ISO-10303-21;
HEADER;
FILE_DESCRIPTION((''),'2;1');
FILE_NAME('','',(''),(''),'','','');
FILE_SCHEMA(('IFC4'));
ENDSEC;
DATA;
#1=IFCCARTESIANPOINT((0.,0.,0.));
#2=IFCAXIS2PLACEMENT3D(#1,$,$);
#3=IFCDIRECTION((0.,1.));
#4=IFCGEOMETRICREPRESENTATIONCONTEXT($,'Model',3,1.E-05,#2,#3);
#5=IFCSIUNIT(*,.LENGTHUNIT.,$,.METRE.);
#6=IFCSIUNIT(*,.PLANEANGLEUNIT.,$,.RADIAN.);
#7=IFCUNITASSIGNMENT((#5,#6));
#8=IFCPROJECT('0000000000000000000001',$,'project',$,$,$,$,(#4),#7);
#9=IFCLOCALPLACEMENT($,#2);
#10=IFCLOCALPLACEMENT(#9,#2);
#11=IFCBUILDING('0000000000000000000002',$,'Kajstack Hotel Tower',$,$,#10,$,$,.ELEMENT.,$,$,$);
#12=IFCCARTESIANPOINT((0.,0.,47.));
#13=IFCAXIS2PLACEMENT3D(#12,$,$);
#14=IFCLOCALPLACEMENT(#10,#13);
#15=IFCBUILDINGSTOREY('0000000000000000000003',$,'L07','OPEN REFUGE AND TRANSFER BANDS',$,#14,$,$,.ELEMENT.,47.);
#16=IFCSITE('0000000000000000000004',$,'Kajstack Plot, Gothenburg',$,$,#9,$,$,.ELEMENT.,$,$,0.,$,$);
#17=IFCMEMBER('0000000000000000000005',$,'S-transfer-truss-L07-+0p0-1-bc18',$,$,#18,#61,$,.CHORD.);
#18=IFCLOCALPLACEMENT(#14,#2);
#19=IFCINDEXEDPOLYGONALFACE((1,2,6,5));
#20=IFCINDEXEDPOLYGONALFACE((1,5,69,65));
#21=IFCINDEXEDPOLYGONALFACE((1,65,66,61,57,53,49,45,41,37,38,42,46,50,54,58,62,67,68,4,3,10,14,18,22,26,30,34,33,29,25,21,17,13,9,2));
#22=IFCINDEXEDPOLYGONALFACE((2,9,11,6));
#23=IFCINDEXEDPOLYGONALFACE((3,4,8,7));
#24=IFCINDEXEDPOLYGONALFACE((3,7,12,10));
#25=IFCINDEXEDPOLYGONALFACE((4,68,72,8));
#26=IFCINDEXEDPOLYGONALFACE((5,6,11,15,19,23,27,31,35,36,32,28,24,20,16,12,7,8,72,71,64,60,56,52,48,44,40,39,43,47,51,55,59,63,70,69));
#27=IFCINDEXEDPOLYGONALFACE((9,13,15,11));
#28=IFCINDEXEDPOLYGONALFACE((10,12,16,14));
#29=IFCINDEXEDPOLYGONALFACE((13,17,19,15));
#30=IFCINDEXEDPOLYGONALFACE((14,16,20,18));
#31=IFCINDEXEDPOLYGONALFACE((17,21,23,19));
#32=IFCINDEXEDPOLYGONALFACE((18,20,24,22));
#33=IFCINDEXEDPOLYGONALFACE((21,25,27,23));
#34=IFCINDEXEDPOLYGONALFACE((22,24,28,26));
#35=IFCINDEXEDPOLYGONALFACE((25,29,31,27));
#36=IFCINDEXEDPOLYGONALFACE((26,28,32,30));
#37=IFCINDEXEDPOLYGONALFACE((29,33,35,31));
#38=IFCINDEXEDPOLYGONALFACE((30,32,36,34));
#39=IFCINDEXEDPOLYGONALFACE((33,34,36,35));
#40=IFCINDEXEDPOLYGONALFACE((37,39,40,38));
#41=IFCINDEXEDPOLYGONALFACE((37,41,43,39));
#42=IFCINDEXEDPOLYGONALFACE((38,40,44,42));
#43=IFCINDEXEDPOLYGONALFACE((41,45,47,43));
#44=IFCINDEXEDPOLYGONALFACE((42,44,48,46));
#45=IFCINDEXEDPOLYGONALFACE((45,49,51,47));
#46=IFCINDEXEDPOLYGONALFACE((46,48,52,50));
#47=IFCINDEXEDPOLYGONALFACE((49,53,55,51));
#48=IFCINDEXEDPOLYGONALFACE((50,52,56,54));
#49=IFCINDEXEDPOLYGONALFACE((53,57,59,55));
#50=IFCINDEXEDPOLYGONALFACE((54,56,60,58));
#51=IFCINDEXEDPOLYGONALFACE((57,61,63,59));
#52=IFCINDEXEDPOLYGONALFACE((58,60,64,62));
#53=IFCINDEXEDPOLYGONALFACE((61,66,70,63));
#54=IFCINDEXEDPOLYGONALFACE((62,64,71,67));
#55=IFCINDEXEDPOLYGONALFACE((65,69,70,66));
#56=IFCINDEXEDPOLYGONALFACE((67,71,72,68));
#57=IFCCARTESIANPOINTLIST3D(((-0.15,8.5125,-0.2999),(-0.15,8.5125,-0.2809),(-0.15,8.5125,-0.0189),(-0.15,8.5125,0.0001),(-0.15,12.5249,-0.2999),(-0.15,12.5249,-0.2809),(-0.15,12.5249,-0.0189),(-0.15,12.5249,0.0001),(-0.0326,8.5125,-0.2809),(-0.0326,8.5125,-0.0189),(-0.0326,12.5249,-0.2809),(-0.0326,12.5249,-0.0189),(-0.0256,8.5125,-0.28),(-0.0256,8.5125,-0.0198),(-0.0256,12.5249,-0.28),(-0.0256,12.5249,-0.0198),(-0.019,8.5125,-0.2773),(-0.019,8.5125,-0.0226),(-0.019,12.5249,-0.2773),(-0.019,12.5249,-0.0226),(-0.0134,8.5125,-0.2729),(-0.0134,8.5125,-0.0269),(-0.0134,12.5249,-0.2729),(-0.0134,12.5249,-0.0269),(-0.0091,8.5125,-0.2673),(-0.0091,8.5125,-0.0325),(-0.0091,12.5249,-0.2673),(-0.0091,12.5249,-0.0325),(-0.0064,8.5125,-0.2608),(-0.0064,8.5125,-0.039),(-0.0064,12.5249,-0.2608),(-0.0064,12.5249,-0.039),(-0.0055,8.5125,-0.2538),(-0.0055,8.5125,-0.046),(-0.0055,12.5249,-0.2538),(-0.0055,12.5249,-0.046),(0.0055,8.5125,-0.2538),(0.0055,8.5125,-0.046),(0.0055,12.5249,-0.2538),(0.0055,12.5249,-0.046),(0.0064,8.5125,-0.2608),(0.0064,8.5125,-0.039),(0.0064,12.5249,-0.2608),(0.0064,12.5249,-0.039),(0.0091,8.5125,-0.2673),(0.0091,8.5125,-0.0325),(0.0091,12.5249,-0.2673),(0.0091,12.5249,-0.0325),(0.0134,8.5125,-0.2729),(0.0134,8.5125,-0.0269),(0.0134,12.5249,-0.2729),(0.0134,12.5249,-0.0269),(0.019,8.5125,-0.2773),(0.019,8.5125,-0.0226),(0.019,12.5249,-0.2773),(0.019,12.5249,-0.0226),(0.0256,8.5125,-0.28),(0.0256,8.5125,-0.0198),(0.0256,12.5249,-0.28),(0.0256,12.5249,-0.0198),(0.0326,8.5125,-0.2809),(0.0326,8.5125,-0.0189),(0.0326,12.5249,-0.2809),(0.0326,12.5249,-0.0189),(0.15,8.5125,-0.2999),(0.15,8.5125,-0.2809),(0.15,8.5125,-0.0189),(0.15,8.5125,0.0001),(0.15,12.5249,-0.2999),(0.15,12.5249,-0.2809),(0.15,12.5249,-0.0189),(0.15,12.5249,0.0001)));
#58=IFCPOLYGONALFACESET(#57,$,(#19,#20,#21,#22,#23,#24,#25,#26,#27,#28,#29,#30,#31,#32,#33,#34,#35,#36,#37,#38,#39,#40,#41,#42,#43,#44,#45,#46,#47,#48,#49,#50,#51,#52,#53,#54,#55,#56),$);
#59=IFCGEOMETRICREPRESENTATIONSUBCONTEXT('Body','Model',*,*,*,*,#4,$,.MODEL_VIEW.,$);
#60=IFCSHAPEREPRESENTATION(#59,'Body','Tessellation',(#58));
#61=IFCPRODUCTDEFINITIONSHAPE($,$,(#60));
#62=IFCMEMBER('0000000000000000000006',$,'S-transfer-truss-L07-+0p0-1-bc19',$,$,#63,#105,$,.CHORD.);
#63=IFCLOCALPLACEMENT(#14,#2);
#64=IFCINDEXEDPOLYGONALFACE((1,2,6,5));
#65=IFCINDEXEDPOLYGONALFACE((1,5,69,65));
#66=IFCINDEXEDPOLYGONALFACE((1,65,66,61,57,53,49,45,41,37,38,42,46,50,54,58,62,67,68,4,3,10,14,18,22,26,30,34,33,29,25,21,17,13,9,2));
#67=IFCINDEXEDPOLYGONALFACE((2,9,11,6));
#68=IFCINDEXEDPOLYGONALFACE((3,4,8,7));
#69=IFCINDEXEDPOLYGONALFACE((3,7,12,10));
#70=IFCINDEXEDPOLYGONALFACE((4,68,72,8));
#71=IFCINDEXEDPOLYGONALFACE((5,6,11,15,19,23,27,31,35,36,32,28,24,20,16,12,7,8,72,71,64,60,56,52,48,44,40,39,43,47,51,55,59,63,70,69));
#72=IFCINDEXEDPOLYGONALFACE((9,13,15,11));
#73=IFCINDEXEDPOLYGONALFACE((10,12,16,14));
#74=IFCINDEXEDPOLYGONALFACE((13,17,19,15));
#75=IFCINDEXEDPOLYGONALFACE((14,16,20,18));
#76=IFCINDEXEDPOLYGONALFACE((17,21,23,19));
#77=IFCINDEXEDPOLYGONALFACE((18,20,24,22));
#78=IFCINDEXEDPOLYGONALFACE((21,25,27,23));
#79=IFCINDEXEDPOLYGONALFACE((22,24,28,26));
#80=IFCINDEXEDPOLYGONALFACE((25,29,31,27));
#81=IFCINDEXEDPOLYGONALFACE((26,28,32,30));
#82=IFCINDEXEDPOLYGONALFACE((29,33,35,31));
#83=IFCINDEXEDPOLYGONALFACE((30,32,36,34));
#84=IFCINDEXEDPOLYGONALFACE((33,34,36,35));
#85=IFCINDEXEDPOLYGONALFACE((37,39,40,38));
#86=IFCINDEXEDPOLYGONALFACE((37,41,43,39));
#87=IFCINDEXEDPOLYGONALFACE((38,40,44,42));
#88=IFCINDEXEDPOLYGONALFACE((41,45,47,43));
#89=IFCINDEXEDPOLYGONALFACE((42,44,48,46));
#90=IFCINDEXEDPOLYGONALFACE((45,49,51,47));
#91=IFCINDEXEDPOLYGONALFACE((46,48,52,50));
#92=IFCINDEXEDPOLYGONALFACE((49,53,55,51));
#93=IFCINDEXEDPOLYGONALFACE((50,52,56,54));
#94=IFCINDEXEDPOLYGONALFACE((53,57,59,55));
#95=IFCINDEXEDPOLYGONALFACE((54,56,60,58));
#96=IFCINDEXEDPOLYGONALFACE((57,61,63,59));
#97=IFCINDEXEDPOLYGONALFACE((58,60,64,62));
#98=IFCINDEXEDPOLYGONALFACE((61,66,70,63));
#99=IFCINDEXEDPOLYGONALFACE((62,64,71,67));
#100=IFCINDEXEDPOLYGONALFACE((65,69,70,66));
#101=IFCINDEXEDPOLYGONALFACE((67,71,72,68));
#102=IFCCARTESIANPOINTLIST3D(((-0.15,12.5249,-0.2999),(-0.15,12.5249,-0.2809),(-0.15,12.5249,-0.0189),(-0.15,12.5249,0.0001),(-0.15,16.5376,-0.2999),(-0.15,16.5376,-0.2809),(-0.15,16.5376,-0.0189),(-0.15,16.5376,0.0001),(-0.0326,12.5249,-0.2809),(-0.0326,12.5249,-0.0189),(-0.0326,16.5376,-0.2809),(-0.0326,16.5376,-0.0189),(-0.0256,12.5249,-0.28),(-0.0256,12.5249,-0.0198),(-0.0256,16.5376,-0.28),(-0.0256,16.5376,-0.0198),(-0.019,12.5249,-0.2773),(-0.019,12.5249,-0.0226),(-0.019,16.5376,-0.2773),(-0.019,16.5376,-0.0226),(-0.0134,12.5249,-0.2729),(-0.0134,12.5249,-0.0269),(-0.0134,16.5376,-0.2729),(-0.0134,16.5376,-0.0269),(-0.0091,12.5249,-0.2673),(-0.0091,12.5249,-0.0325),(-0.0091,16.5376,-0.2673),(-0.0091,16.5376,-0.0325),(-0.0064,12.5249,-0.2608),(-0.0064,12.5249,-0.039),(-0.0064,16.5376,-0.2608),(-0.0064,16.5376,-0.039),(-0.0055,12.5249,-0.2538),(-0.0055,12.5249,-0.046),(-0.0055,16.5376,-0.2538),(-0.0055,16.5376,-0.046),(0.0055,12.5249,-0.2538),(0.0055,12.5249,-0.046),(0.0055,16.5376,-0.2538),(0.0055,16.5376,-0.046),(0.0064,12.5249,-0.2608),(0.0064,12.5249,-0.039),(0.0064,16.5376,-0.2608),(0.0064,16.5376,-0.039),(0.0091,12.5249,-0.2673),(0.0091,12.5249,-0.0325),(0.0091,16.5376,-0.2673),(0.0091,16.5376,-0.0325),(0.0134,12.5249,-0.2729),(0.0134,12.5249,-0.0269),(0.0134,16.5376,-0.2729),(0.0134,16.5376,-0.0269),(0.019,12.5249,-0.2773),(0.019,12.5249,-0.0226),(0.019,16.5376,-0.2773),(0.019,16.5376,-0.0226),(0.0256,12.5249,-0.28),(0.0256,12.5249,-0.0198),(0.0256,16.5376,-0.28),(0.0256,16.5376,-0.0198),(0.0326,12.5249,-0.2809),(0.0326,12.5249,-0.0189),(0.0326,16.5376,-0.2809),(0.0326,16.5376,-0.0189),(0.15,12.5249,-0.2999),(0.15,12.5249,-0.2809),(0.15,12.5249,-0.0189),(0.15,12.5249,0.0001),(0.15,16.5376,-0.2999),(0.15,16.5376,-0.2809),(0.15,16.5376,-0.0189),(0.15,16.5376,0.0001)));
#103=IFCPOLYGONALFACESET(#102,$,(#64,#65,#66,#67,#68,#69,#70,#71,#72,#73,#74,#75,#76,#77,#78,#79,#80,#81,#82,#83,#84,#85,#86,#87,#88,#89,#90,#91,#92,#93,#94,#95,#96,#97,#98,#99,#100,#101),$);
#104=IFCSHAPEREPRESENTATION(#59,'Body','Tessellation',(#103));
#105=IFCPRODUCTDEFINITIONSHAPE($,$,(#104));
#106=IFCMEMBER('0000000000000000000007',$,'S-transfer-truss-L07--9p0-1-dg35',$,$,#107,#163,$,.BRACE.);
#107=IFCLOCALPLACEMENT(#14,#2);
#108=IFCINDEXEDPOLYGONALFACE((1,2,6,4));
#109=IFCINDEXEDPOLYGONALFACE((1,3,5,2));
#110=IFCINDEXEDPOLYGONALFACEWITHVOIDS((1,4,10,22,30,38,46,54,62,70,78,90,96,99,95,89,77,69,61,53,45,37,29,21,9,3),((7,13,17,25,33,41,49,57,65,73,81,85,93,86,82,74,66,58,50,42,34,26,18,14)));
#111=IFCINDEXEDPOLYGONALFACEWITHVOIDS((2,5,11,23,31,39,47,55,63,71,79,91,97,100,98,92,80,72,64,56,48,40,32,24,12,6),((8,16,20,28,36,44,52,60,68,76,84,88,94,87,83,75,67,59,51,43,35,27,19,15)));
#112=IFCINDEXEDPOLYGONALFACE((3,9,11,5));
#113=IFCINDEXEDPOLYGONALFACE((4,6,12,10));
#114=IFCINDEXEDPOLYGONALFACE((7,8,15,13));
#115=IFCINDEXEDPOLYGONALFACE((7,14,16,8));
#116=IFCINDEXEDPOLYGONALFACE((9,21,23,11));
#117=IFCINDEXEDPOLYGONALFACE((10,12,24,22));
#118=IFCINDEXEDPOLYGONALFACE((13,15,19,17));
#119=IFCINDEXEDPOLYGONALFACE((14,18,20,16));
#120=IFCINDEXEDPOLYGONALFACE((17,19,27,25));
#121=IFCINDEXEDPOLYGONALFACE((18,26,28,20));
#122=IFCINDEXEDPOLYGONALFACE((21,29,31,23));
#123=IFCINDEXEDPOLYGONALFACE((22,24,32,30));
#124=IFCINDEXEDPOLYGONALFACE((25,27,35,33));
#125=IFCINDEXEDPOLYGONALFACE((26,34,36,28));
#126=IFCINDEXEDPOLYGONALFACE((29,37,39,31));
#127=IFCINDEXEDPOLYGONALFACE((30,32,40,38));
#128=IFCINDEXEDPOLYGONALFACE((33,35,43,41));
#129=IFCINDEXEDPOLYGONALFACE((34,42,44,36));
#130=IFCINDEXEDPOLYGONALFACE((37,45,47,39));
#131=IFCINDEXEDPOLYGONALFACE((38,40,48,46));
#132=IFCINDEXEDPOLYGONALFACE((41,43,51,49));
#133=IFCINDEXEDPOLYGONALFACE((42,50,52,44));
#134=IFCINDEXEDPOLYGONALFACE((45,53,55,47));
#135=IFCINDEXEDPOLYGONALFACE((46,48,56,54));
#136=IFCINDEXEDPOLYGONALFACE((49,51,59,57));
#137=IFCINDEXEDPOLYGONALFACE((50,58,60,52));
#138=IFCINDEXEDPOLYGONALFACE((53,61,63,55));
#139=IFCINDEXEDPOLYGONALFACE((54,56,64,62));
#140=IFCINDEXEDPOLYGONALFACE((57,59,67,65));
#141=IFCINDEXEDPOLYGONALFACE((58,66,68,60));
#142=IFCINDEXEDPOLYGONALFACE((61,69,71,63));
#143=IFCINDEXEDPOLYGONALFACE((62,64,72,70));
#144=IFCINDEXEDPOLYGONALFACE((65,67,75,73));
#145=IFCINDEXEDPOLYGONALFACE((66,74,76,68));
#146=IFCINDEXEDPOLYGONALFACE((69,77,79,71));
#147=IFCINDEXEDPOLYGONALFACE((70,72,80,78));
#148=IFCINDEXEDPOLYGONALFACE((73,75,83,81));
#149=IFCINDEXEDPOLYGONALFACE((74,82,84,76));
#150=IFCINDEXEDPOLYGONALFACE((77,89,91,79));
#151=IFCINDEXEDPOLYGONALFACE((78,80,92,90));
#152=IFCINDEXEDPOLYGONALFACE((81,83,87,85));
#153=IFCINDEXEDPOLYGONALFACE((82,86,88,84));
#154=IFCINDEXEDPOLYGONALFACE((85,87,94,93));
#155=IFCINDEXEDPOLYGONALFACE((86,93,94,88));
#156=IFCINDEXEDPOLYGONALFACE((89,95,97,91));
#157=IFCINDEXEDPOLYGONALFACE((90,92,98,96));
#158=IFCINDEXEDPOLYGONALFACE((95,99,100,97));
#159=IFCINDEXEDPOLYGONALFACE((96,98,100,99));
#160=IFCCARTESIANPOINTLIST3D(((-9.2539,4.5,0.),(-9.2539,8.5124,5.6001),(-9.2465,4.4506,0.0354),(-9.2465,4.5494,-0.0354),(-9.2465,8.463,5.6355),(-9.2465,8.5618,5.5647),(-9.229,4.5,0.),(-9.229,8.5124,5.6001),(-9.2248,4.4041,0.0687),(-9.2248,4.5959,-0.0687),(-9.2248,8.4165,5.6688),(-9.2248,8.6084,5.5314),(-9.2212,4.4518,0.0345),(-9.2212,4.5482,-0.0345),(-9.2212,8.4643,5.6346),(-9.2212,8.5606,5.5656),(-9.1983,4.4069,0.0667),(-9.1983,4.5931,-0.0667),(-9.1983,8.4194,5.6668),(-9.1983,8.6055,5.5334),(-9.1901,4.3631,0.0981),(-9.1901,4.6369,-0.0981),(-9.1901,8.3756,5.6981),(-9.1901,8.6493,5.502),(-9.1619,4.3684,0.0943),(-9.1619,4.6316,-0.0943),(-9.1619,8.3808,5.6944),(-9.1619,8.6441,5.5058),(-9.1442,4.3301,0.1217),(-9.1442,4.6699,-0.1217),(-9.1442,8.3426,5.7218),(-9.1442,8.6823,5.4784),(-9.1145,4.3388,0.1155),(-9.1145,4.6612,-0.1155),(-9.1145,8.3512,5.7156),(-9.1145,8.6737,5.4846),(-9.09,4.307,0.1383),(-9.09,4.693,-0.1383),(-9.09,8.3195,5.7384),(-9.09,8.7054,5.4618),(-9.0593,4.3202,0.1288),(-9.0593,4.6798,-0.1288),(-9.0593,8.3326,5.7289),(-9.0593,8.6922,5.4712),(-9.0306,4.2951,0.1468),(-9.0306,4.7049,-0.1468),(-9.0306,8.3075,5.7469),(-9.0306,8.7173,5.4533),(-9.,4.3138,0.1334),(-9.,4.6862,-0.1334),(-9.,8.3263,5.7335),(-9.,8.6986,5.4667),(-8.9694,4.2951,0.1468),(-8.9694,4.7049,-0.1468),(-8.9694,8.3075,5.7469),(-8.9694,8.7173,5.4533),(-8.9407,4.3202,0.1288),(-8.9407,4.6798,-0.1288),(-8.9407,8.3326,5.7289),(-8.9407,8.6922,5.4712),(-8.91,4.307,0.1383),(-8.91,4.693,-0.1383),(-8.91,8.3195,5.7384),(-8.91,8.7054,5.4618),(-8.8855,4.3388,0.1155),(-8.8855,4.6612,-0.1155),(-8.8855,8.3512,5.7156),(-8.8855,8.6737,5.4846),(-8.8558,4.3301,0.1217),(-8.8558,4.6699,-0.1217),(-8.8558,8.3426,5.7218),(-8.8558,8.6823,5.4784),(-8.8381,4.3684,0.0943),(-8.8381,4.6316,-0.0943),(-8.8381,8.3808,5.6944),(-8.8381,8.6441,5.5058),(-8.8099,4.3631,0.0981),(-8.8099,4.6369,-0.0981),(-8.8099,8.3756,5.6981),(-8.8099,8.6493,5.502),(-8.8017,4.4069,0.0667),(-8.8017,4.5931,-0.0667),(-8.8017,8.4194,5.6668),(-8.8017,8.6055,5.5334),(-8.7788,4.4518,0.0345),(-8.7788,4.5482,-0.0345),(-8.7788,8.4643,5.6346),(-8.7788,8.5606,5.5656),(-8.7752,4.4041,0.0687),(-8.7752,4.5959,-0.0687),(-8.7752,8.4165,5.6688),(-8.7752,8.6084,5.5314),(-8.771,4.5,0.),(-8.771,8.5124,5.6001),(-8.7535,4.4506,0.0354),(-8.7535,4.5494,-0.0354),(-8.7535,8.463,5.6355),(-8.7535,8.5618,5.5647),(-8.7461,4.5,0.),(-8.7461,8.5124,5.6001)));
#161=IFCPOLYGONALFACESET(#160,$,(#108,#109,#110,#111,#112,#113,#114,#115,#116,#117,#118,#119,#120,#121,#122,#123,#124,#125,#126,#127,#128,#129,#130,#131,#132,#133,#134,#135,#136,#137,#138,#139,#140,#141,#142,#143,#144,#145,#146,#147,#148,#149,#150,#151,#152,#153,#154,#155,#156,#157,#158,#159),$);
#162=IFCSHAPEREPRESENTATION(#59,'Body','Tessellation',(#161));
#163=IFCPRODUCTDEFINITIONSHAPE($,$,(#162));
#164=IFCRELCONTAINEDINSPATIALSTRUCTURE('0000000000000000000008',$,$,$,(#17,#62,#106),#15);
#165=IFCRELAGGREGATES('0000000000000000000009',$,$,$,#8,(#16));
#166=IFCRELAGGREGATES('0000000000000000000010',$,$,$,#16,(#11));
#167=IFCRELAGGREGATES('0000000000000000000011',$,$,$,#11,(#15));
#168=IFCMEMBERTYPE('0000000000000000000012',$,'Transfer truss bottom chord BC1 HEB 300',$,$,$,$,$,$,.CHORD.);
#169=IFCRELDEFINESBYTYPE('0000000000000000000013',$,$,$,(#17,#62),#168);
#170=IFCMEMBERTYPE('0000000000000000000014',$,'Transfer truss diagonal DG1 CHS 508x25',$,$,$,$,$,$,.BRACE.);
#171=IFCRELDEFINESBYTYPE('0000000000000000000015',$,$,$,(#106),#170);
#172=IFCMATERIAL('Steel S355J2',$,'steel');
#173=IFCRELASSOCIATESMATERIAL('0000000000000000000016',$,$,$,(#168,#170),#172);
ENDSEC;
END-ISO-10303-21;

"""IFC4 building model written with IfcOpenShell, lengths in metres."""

from ifc_helpers import new_model, si_unit, direction, frame, origin, origin_2d, place, context, subcontext, project, spatial, hollow_circle, i_section, extrude, material, material_profile, profile_set, type_object, element, save


model = new_model("IFC4")

# Units and contexts
model_context = context("Model", 3, precision=1e-05, world=origin(), true_north=direction((0.0, 1.0)))
body_context = subcontext(model_context, "Body", "Model", "MODEL_VIEW")
ifc_project = project(units=[si_unit("LENGTHUNIT", "METRE"), si_unit("PLANEANGLEUNIT", "RADIAN")], contexts=[model_context])

# Site, building, storey
site_placement = place(None, origin())
site = spatial("IfcSite", under=ifc_project, at=site_placement, Name="Kajstack Plot, Gothenburg", CompositionType="ELEMENT", RefElevation=0.0)
building_placement = place(site_placement, origin())
building = spatial("IfcBuilding", under=site, at=building_placement, Name="Kajstack Hotel Tower", CompositionType="ELEMENT")
storey_placement = place(building_placement, frame((0.0, 0.0, 47.0)))
storey = spatial("IfcBuildingStorey", under=building, at=storey_placement, Name="L07", Description="OPEN REFUGE AND TRANSFER BANDS", CompositionType="ELEMENT", Elevation=47.0)

# Members
ifc_material = material(Name="Steel S355J2", Category="steel")
ifc_material_profile_1 = material_profile(ifc_material, i_section(OverallWidth=0.3, OverallDepth=0.3, WebThickness=0.011, FlangeThickness=0.019, FilletRadius=0.0271, at=origin_2d()), Name="HEB 300")
ifc_profile_set_1 = profile_set([ifc_material_profile_1], Name="Steel S355J2")
member_type_1 = type_object("IfcMemberType", Name="Transfer truss bottom chord BC1 HEB 300", PredefinedType="CHORD", material=ifc_profile_set_1)
for number, where, z_axis, x_axis, name in (
    (1, (0.0, 8.5125, -0.1499), (0.0, 1.0, 0.0), (-1.0, 0.0, 0.0), "S-transfer-truss-L07-+0p0-1-bc18"),
):
    element("IfcMember", number, at=place(storey_placement, frame(where, z_axis=z_axis, x_axis=x_axis)), inside=storey, type_object=member_type_1, Name=name, PredefinedType="CHORD", context=body_context, shape_type="SweptSolid", body=[
        extrude(i_section(OverallWidth=0.3, OverallDepth=0.3, WebThickness=0.011, FlangeThickness=0.019, FilletRadius=0.0271, at=origin_2d()), origin(), (0.0, 0.0, 1.0), 4.0125),
    ])
member_1_placement = place(storey_placement, frame((0.0, 12.5249, -0.1499), z_axis=(0.0, 1.0, 0.0), x_axis=(-1.0, 0.0, 0.0)))
element("IfcMember", 2, at=member_1_placement, inside=storey, type_object=member_type_1, Name="S-transfer-truss-L07-+0p0-1-bc19", PredefinedType="CHORD", context=body_context, shape_type="SweptSolid", body=[
    extrude(i_section(OverallWidth=0.3, OverallDepth=0.3, WebThickness=0.011, FlangeThickness=0.019, FilletRadius=0.0271, at=origin_2d()), origin(), (0.0, 0.0, 1.0), 4.0127),
])
ifc_material_profile_2 = material_profile(ifc_material, hollow_circle(Radius=0.2539, WallThickness=0.0249, at=origin_2d()), Name="CHS 508x25")
ifc_profile_set_2 = profile_set([ifc_material_profile_2], Name="Steel S355J2")
member_type_2 = type_object("IfcMemberType", Name="Transfer truss diagonal DG1 CHS 508x25", PredefinedType="BRACE", material=ifc_profile_set_2)
for number, where, z_axis, x_axis, name in (
    (3, (-9.0, 4.5, 0.0), (0.0, 0.582428, 0.812883), (-1.0, 0.0, 0.0), "S-transfer-truss-L07--9p0-1-dg35"),
):
    element("IfcMember", number, at=place(storey_placement, frame(where, z_axis=z_axis, x_axis=x_axis)), inside=storey, type_object=member_type_2, Name=name, PredefinedType="BRACE", context=body_context, shape_type="SweptSolid", body=[
        extrude(hollow_circle(Radius=0.2539, WallThickness=0.0249, at=origin_2d()), origin(), (0.0, 0.0, 1.0), 6.8892),
    ])

save(model, "model.ifc")
